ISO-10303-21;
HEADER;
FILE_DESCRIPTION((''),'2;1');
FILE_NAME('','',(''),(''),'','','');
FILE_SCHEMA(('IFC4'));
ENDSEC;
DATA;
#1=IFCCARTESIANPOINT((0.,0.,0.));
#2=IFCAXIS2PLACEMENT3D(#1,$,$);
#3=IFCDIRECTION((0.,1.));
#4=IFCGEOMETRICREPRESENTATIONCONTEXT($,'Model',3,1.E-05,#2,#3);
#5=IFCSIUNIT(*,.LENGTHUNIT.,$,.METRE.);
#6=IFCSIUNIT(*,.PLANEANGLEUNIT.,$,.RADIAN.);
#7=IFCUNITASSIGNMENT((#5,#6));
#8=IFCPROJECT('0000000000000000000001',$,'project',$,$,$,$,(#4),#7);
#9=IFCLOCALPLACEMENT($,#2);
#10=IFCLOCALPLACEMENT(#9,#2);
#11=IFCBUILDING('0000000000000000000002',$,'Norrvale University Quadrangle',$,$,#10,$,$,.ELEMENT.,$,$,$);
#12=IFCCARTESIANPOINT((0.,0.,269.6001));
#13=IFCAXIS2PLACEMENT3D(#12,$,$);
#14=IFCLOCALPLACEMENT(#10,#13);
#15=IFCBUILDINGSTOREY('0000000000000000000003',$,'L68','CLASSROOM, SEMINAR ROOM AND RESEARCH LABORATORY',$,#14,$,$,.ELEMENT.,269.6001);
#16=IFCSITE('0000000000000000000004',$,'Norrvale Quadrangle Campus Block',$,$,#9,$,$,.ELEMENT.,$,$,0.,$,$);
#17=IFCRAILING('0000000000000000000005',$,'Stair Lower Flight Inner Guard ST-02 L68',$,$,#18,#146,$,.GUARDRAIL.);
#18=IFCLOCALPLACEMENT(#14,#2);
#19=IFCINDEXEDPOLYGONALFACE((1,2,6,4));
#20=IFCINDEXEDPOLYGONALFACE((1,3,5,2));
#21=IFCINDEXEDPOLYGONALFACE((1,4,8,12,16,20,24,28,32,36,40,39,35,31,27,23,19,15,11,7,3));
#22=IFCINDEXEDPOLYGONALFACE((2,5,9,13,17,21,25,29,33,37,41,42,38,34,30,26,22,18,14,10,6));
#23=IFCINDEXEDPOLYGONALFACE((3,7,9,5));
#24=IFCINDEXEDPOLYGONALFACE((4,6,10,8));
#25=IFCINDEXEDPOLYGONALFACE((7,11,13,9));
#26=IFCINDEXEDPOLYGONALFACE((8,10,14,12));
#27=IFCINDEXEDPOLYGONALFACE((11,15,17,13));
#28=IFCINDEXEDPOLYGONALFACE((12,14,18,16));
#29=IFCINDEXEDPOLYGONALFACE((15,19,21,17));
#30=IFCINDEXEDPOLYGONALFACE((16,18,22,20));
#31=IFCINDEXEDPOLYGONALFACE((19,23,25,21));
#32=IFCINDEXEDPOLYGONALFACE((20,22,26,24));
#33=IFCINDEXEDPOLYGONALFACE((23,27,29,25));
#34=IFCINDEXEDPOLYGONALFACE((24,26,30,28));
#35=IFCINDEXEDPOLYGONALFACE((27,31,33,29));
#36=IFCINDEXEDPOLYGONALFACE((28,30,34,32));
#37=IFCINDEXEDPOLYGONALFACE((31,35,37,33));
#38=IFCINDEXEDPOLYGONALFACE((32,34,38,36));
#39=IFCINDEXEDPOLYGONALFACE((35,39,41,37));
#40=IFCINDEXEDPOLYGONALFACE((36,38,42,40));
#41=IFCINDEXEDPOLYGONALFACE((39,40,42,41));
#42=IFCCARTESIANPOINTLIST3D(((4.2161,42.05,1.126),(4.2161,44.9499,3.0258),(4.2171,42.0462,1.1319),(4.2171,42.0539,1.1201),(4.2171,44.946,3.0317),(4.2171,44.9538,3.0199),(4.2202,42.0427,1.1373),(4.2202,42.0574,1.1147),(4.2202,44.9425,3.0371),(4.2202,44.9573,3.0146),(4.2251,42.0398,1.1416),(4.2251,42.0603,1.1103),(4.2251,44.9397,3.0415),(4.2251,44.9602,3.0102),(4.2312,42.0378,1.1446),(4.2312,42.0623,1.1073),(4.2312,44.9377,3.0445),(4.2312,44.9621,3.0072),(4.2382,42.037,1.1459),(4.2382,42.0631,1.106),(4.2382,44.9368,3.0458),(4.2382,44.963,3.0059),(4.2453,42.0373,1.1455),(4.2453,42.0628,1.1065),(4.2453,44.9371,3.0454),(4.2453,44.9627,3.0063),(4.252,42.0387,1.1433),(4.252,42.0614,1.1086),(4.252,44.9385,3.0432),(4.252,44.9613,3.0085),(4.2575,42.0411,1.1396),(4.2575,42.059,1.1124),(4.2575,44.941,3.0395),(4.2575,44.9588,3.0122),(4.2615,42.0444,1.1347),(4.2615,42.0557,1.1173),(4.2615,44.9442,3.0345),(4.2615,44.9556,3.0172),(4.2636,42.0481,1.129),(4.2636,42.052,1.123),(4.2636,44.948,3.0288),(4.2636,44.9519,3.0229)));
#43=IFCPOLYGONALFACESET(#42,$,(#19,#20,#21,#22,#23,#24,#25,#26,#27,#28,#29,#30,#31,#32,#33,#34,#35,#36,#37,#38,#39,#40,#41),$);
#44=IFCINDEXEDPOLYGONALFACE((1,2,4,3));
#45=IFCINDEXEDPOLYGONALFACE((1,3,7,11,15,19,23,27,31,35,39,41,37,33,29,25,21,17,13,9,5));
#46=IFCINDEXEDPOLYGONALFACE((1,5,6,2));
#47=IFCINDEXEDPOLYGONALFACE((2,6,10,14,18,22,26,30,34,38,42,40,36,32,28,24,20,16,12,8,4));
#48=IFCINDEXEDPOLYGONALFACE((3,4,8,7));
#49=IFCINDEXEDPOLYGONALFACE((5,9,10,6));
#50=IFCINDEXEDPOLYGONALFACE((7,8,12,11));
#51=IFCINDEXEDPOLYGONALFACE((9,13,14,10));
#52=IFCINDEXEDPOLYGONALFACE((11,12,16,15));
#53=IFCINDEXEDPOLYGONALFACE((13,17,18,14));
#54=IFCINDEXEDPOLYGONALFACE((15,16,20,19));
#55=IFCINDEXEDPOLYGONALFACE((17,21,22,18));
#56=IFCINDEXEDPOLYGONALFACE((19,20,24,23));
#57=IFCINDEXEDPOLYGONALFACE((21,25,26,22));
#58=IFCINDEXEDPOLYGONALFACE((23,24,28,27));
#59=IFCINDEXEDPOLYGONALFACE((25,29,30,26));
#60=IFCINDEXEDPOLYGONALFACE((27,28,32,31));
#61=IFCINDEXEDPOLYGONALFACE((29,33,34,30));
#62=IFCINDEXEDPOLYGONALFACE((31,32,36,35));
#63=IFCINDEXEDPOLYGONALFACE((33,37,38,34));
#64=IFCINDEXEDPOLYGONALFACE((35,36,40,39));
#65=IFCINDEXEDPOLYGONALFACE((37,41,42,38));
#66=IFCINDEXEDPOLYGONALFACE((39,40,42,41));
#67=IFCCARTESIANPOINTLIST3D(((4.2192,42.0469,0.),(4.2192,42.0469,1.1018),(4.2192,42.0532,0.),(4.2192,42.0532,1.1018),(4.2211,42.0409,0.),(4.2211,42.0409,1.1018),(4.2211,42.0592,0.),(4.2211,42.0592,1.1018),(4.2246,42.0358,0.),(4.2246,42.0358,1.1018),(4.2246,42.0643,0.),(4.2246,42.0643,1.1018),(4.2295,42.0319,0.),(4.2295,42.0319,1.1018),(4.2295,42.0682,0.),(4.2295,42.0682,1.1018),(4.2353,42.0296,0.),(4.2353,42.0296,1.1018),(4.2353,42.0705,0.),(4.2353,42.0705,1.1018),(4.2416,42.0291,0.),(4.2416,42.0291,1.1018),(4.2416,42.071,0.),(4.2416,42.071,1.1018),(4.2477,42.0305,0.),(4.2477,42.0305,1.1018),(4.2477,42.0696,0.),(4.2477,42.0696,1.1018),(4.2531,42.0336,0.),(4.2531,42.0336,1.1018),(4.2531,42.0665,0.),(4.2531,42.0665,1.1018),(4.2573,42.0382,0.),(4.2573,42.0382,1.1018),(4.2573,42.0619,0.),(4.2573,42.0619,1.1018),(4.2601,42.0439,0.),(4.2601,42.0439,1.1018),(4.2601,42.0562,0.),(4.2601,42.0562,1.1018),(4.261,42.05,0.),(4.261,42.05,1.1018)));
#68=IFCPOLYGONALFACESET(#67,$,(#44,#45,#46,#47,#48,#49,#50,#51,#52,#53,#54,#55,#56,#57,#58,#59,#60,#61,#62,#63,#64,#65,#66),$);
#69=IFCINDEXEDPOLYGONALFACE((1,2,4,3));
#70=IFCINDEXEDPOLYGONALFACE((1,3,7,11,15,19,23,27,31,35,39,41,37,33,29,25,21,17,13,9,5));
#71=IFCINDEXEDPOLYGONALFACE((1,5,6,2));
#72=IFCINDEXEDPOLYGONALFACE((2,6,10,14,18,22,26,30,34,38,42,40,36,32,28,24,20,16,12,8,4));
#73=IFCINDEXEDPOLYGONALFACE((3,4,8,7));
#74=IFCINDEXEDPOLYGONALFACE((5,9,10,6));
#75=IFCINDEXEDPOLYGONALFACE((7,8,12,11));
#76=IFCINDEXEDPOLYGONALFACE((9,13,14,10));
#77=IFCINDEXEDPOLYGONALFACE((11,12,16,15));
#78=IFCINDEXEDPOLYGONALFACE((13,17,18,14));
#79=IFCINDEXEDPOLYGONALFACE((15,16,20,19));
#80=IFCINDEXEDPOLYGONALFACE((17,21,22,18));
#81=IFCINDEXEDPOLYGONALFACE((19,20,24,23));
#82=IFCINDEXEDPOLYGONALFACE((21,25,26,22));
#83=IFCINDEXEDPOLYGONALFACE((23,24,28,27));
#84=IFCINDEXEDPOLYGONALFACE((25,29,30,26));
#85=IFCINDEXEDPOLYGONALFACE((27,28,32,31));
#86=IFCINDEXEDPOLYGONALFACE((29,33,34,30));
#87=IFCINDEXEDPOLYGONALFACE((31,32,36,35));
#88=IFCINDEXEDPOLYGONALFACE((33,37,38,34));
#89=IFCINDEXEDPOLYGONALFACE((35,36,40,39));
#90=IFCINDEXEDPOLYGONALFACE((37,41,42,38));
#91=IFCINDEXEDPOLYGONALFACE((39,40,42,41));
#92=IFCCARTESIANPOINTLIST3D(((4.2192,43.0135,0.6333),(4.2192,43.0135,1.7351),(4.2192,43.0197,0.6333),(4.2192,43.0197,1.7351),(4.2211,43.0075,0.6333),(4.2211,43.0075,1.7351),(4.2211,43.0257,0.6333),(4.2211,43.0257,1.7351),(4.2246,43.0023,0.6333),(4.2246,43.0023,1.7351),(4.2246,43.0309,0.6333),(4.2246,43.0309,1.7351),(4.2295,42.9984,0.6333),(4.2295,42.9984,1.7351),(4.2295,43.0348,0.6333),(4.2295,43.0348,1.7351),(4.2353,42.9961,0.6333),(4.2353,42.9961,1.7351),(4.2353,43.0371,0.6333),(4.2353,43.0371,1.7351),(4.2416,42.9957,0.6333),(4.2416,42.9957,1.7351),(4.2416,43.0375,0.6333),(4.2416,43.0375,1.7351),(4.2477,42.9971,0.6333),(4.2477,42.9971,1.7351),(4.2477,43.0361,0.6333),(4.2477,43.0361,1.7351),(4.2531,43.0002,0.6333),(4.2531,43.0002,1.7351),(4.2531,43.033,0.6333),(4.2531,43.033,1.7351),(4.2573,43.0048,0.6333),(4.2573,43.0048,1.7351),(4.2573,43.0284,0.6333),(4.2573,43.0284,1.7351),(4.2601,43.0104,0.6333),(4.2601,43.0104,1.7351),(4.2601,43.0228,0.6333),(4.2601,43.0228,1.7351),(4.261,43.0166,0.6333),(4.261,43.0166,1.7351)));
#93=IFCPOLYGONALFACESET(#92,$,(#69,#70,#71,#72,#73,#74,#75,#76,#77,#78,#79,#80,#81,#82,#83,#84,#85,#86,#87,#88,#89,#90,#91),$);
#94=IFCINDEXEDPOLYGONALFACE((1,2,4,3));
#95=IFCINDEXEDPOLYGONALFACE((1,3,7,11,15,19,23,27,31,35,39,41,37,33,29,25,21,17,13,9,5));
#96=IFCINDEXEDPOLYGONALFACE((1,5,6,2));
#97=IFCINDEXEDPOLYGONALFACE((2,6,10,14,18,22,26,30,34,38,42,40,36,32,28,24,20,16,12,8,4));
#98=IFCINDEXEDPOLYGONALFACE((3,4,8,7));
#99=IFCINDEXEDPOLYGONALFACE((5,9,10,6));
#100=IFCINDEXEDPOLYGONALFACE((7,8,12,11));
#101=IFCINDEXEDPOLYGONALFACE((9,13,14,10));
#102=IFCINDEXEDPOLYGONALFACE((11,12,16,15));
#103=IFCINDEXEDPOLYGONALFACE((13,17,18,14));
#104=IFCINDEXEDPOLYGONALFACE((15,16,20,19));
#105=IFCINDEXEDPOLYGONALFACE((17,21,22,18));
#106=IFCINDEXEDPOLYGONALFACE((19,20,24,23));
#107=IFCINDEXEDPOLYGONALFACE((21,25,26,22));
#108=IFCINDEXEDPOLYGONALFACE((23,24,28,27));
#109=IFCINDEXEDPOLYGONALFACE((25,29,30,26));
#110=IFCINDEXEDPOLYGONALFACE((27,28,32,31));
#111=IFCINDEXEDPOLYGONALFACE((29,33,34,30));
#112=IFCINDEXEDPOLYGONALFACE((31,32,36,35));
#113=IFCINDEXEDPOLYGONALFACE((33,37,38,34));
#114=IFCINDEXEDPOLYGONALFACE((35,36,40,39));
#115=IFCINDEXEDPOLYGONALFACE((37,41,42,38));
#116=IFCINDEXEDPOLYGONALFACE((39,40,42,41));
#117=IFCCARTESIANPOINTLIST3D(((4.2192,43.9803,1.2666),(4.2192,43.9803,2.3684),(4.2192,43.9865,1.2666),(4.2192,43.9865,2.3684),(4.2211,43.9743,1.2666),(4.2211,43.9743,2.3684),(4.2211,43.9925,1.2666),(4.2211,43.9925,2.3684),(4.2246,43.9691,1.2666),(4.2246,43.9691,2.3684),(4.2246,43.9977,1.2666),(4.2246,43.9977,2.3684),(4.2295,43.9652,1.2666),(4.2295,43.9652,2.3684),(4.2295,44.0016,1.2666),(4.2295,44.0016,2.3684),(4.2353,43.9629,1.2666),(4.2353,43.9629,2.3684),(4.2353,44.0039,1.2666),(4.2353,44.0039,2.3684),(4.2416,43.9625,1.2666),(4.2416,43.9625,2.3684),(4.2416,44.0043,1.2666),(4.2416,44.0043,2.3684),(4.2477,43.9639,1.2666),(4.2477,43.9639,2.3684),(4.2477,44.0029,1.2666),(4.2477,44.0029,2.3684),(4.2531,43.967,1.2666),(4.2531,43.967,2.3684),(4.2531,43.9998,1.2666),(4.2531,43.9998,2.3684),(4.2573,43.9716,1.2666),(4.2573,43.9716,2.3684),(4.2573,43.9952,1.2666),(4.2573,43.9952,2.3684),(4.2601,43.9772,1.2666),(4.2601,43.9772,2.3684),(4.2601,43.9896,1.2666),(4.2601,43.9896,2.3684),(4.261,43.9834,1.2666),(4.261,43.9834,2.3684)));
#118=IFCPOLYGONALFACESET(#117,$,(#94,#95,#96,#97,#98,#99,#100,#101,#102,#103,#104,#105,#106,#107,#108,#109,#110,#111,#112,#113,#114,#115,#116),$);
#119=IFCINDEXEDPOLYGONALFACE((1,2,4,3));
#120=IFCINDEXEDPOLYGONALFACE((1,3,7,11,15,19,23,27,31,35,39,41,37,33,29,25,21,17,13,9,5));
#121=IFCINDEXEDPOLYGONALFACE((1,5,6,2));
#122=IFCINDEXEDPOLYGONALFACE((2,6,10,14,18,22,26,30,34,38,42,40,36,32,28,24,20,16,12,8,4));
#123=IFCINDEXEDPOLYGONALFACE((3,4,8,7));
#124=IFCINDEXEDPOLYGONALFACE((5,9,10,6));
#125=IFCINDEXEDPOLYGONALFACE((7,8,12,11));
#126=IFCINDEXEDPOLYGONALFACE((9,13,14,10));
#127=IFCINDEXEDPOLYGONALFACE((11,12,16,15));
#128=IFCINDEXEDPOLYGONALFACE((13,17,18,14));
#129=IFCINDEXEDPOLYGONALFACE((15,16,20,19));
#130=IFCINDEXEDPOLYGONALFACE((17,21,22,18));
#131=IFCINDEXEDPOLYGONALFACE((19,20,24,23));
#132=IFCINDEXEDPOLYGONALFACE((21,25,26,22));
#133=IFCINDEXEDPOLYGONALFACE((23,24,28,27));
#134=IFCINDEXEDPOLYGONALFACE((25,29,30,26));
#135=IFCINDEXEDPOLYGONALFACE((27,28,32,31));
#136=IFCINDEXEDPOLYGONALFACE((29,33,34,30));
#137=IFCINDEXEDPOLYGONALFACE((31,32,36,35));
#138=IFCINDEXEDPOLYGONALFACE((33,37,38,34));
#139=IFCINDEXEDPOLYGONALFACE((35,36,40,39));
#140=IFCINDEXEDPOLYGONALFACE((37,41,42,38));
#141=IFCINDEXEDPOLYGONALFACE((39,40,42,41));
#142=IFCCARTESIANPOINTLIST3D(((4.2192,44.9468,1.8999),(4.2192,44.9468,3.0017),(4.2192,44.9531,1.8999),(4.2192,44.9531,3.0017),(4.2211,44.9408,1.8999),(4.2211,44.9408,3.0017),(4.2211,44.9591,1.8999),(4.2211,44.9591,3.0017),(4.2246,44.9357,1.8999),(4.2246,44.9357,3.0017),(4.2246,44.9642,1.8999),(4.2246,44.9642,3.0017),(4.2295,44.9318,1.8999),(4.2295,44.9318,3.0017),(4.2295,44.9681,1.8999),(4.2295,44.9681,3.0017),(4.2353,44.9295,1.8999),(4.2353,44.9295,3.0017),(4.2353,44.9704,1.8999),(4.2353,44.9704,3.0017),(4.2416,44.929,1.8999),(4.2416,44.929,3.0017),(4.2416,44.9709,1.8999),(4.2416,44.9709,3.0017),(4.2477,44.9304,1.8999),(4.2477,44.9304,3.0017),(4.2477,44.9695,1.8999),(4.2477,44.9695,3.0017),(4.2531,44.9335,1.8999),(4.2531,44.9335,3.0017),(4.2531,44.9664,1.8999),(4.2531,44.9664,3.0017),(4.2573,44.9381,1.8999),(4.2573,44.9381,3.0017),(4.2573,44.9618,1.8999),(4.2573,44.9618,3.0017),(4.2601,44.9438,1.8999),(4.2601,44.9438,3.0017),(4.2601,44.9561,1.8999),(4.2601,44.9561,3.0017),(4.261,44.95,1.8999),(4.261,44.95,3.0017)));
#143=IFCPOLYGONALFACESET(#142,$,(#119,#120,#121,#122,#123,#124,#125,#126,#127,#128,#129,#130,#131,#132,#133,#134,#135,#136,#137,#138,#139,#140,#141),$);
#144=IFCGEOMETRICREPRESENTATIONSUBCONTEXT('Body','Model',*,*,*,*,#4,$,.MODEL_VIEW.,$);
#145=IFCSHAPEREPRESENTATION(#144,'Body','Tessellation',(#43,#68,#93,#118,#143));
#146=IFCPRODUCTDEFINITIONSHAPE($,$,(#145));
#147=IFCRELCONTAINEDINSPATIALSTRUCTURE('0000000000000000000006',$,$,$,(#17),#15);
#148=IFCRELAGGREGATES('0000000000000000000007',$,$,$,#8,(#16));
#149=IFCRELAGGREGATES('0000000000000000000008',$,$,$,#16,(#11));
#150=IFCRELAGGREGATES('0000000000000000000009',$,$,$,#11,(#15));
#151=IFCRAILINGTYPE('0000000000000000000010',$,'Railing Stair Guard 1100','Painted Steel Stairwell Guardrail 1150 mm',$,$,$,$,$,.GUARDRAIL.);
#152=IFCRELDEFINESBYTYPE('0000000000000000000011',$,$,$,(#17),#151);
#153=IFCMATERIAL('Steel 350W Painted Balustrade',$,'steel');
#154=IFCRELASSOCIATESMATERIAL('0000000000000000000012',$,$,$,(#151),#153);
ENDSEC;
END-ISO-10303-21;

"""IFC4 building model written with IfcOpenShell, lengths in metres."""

from ifc_helpers import new_model, si_unit, direction, frame, origin, origin_2d, place, context, subcontext, project, spatial, circle, extrude, material, type_object, element, save


model = new_model("IFC4")

# Units and contexts
model_context = context("Model", 3, precision=1e-05, world=origin(), true_north=direction((0.0, 1.0)))
body_context = subcontext(model_context, "Body", "Model", "MODEL_VIEW")
ifc_project = project(units=[si_unit("LENGTHUNIT", "METRE"), si_unit("PLANEANGLEUNIT", "RADIAN")], contexts=[model_context])

# Site, building, storey
site_placement = place(None, origin())
site = spatial("IfcSite", under=ifc_project, at=site_placement, Name="Norrvale Quadrangle Campus Block", CompositionType="ELEMENT", RefElevation=0.0)
building_placement = place(site_placement, origin())
building = spatial("IfcBuilding", under=site, at=building_placement, Name="Norrvale University Quadrangle", CompositionType="ELEMENT")
storey_placement = place(building_placement, frame((0.0, 0.0, 269.6001)))
storey = spatial("IfcBuildingStorey", under=building, at=storey_placement, Name="L68", Description="CLASSROOM, SEMINAR ROOM AND RESEARCH LABORATORY", CompositionType="ELEMENT", Elevation=269.6001)

# Railing
ifc_material_1 = material(Name="Steel 350W Painted Balustrade", Category="steel")
railing_type_1 = type_object("IfcRailingType", Name="Railing Stair Guard 1100", Description="Painted Steel Stairwell Guardrail 1150 mm", PredefinedType="GUARDRAIL", material=ifc_material_1)
railing_1_placement = place(storey_placement, frame((4.24, 42.05, 0.0)))
element("IfcRailing", 1, at=railing_1_placement, inside=storey, type_object=railing_type_1, Name="Stair Lower Flight Inner Guard ST-02 L68", PredefinedType="GUARDRAIL", context=body_context, shape_type="SweptSolid", body=[
    extrude(circle(Radius=0.0239, at=origin_2d()), frame((0.0, 0.0, 1.126), z_axis=(0.0, 0.836466, 0.548019), x_axis=(-1.0, 0.0, 0.0)), (0.0, 0.0, 1.0), 3.4668),
    extrude(circle(Radius=0.021, at=origin_2d()), origin(), (0.0, 0.0, 1.0), 1.1018),
    extrude(circle(Radius=0.021, at=origin_2d()), frame((0.0, 0.9666, 0.6333)), (0.0, 0.0, 1.0), 1.1018),
    extrude(circle(Radius=0.021, at=origin_2d()), frame((0.0, 1.9333, 1.2666)), (0.0, 0.0, 1.0), 1.1018),
    extrude(circle(Radius=0.021, at=origin_2d()), frame((0.0, 2.8999, 1.8999)), (0.0, 0.0, 1.0), 1.1018),
])

save(model, "model.ifc")
